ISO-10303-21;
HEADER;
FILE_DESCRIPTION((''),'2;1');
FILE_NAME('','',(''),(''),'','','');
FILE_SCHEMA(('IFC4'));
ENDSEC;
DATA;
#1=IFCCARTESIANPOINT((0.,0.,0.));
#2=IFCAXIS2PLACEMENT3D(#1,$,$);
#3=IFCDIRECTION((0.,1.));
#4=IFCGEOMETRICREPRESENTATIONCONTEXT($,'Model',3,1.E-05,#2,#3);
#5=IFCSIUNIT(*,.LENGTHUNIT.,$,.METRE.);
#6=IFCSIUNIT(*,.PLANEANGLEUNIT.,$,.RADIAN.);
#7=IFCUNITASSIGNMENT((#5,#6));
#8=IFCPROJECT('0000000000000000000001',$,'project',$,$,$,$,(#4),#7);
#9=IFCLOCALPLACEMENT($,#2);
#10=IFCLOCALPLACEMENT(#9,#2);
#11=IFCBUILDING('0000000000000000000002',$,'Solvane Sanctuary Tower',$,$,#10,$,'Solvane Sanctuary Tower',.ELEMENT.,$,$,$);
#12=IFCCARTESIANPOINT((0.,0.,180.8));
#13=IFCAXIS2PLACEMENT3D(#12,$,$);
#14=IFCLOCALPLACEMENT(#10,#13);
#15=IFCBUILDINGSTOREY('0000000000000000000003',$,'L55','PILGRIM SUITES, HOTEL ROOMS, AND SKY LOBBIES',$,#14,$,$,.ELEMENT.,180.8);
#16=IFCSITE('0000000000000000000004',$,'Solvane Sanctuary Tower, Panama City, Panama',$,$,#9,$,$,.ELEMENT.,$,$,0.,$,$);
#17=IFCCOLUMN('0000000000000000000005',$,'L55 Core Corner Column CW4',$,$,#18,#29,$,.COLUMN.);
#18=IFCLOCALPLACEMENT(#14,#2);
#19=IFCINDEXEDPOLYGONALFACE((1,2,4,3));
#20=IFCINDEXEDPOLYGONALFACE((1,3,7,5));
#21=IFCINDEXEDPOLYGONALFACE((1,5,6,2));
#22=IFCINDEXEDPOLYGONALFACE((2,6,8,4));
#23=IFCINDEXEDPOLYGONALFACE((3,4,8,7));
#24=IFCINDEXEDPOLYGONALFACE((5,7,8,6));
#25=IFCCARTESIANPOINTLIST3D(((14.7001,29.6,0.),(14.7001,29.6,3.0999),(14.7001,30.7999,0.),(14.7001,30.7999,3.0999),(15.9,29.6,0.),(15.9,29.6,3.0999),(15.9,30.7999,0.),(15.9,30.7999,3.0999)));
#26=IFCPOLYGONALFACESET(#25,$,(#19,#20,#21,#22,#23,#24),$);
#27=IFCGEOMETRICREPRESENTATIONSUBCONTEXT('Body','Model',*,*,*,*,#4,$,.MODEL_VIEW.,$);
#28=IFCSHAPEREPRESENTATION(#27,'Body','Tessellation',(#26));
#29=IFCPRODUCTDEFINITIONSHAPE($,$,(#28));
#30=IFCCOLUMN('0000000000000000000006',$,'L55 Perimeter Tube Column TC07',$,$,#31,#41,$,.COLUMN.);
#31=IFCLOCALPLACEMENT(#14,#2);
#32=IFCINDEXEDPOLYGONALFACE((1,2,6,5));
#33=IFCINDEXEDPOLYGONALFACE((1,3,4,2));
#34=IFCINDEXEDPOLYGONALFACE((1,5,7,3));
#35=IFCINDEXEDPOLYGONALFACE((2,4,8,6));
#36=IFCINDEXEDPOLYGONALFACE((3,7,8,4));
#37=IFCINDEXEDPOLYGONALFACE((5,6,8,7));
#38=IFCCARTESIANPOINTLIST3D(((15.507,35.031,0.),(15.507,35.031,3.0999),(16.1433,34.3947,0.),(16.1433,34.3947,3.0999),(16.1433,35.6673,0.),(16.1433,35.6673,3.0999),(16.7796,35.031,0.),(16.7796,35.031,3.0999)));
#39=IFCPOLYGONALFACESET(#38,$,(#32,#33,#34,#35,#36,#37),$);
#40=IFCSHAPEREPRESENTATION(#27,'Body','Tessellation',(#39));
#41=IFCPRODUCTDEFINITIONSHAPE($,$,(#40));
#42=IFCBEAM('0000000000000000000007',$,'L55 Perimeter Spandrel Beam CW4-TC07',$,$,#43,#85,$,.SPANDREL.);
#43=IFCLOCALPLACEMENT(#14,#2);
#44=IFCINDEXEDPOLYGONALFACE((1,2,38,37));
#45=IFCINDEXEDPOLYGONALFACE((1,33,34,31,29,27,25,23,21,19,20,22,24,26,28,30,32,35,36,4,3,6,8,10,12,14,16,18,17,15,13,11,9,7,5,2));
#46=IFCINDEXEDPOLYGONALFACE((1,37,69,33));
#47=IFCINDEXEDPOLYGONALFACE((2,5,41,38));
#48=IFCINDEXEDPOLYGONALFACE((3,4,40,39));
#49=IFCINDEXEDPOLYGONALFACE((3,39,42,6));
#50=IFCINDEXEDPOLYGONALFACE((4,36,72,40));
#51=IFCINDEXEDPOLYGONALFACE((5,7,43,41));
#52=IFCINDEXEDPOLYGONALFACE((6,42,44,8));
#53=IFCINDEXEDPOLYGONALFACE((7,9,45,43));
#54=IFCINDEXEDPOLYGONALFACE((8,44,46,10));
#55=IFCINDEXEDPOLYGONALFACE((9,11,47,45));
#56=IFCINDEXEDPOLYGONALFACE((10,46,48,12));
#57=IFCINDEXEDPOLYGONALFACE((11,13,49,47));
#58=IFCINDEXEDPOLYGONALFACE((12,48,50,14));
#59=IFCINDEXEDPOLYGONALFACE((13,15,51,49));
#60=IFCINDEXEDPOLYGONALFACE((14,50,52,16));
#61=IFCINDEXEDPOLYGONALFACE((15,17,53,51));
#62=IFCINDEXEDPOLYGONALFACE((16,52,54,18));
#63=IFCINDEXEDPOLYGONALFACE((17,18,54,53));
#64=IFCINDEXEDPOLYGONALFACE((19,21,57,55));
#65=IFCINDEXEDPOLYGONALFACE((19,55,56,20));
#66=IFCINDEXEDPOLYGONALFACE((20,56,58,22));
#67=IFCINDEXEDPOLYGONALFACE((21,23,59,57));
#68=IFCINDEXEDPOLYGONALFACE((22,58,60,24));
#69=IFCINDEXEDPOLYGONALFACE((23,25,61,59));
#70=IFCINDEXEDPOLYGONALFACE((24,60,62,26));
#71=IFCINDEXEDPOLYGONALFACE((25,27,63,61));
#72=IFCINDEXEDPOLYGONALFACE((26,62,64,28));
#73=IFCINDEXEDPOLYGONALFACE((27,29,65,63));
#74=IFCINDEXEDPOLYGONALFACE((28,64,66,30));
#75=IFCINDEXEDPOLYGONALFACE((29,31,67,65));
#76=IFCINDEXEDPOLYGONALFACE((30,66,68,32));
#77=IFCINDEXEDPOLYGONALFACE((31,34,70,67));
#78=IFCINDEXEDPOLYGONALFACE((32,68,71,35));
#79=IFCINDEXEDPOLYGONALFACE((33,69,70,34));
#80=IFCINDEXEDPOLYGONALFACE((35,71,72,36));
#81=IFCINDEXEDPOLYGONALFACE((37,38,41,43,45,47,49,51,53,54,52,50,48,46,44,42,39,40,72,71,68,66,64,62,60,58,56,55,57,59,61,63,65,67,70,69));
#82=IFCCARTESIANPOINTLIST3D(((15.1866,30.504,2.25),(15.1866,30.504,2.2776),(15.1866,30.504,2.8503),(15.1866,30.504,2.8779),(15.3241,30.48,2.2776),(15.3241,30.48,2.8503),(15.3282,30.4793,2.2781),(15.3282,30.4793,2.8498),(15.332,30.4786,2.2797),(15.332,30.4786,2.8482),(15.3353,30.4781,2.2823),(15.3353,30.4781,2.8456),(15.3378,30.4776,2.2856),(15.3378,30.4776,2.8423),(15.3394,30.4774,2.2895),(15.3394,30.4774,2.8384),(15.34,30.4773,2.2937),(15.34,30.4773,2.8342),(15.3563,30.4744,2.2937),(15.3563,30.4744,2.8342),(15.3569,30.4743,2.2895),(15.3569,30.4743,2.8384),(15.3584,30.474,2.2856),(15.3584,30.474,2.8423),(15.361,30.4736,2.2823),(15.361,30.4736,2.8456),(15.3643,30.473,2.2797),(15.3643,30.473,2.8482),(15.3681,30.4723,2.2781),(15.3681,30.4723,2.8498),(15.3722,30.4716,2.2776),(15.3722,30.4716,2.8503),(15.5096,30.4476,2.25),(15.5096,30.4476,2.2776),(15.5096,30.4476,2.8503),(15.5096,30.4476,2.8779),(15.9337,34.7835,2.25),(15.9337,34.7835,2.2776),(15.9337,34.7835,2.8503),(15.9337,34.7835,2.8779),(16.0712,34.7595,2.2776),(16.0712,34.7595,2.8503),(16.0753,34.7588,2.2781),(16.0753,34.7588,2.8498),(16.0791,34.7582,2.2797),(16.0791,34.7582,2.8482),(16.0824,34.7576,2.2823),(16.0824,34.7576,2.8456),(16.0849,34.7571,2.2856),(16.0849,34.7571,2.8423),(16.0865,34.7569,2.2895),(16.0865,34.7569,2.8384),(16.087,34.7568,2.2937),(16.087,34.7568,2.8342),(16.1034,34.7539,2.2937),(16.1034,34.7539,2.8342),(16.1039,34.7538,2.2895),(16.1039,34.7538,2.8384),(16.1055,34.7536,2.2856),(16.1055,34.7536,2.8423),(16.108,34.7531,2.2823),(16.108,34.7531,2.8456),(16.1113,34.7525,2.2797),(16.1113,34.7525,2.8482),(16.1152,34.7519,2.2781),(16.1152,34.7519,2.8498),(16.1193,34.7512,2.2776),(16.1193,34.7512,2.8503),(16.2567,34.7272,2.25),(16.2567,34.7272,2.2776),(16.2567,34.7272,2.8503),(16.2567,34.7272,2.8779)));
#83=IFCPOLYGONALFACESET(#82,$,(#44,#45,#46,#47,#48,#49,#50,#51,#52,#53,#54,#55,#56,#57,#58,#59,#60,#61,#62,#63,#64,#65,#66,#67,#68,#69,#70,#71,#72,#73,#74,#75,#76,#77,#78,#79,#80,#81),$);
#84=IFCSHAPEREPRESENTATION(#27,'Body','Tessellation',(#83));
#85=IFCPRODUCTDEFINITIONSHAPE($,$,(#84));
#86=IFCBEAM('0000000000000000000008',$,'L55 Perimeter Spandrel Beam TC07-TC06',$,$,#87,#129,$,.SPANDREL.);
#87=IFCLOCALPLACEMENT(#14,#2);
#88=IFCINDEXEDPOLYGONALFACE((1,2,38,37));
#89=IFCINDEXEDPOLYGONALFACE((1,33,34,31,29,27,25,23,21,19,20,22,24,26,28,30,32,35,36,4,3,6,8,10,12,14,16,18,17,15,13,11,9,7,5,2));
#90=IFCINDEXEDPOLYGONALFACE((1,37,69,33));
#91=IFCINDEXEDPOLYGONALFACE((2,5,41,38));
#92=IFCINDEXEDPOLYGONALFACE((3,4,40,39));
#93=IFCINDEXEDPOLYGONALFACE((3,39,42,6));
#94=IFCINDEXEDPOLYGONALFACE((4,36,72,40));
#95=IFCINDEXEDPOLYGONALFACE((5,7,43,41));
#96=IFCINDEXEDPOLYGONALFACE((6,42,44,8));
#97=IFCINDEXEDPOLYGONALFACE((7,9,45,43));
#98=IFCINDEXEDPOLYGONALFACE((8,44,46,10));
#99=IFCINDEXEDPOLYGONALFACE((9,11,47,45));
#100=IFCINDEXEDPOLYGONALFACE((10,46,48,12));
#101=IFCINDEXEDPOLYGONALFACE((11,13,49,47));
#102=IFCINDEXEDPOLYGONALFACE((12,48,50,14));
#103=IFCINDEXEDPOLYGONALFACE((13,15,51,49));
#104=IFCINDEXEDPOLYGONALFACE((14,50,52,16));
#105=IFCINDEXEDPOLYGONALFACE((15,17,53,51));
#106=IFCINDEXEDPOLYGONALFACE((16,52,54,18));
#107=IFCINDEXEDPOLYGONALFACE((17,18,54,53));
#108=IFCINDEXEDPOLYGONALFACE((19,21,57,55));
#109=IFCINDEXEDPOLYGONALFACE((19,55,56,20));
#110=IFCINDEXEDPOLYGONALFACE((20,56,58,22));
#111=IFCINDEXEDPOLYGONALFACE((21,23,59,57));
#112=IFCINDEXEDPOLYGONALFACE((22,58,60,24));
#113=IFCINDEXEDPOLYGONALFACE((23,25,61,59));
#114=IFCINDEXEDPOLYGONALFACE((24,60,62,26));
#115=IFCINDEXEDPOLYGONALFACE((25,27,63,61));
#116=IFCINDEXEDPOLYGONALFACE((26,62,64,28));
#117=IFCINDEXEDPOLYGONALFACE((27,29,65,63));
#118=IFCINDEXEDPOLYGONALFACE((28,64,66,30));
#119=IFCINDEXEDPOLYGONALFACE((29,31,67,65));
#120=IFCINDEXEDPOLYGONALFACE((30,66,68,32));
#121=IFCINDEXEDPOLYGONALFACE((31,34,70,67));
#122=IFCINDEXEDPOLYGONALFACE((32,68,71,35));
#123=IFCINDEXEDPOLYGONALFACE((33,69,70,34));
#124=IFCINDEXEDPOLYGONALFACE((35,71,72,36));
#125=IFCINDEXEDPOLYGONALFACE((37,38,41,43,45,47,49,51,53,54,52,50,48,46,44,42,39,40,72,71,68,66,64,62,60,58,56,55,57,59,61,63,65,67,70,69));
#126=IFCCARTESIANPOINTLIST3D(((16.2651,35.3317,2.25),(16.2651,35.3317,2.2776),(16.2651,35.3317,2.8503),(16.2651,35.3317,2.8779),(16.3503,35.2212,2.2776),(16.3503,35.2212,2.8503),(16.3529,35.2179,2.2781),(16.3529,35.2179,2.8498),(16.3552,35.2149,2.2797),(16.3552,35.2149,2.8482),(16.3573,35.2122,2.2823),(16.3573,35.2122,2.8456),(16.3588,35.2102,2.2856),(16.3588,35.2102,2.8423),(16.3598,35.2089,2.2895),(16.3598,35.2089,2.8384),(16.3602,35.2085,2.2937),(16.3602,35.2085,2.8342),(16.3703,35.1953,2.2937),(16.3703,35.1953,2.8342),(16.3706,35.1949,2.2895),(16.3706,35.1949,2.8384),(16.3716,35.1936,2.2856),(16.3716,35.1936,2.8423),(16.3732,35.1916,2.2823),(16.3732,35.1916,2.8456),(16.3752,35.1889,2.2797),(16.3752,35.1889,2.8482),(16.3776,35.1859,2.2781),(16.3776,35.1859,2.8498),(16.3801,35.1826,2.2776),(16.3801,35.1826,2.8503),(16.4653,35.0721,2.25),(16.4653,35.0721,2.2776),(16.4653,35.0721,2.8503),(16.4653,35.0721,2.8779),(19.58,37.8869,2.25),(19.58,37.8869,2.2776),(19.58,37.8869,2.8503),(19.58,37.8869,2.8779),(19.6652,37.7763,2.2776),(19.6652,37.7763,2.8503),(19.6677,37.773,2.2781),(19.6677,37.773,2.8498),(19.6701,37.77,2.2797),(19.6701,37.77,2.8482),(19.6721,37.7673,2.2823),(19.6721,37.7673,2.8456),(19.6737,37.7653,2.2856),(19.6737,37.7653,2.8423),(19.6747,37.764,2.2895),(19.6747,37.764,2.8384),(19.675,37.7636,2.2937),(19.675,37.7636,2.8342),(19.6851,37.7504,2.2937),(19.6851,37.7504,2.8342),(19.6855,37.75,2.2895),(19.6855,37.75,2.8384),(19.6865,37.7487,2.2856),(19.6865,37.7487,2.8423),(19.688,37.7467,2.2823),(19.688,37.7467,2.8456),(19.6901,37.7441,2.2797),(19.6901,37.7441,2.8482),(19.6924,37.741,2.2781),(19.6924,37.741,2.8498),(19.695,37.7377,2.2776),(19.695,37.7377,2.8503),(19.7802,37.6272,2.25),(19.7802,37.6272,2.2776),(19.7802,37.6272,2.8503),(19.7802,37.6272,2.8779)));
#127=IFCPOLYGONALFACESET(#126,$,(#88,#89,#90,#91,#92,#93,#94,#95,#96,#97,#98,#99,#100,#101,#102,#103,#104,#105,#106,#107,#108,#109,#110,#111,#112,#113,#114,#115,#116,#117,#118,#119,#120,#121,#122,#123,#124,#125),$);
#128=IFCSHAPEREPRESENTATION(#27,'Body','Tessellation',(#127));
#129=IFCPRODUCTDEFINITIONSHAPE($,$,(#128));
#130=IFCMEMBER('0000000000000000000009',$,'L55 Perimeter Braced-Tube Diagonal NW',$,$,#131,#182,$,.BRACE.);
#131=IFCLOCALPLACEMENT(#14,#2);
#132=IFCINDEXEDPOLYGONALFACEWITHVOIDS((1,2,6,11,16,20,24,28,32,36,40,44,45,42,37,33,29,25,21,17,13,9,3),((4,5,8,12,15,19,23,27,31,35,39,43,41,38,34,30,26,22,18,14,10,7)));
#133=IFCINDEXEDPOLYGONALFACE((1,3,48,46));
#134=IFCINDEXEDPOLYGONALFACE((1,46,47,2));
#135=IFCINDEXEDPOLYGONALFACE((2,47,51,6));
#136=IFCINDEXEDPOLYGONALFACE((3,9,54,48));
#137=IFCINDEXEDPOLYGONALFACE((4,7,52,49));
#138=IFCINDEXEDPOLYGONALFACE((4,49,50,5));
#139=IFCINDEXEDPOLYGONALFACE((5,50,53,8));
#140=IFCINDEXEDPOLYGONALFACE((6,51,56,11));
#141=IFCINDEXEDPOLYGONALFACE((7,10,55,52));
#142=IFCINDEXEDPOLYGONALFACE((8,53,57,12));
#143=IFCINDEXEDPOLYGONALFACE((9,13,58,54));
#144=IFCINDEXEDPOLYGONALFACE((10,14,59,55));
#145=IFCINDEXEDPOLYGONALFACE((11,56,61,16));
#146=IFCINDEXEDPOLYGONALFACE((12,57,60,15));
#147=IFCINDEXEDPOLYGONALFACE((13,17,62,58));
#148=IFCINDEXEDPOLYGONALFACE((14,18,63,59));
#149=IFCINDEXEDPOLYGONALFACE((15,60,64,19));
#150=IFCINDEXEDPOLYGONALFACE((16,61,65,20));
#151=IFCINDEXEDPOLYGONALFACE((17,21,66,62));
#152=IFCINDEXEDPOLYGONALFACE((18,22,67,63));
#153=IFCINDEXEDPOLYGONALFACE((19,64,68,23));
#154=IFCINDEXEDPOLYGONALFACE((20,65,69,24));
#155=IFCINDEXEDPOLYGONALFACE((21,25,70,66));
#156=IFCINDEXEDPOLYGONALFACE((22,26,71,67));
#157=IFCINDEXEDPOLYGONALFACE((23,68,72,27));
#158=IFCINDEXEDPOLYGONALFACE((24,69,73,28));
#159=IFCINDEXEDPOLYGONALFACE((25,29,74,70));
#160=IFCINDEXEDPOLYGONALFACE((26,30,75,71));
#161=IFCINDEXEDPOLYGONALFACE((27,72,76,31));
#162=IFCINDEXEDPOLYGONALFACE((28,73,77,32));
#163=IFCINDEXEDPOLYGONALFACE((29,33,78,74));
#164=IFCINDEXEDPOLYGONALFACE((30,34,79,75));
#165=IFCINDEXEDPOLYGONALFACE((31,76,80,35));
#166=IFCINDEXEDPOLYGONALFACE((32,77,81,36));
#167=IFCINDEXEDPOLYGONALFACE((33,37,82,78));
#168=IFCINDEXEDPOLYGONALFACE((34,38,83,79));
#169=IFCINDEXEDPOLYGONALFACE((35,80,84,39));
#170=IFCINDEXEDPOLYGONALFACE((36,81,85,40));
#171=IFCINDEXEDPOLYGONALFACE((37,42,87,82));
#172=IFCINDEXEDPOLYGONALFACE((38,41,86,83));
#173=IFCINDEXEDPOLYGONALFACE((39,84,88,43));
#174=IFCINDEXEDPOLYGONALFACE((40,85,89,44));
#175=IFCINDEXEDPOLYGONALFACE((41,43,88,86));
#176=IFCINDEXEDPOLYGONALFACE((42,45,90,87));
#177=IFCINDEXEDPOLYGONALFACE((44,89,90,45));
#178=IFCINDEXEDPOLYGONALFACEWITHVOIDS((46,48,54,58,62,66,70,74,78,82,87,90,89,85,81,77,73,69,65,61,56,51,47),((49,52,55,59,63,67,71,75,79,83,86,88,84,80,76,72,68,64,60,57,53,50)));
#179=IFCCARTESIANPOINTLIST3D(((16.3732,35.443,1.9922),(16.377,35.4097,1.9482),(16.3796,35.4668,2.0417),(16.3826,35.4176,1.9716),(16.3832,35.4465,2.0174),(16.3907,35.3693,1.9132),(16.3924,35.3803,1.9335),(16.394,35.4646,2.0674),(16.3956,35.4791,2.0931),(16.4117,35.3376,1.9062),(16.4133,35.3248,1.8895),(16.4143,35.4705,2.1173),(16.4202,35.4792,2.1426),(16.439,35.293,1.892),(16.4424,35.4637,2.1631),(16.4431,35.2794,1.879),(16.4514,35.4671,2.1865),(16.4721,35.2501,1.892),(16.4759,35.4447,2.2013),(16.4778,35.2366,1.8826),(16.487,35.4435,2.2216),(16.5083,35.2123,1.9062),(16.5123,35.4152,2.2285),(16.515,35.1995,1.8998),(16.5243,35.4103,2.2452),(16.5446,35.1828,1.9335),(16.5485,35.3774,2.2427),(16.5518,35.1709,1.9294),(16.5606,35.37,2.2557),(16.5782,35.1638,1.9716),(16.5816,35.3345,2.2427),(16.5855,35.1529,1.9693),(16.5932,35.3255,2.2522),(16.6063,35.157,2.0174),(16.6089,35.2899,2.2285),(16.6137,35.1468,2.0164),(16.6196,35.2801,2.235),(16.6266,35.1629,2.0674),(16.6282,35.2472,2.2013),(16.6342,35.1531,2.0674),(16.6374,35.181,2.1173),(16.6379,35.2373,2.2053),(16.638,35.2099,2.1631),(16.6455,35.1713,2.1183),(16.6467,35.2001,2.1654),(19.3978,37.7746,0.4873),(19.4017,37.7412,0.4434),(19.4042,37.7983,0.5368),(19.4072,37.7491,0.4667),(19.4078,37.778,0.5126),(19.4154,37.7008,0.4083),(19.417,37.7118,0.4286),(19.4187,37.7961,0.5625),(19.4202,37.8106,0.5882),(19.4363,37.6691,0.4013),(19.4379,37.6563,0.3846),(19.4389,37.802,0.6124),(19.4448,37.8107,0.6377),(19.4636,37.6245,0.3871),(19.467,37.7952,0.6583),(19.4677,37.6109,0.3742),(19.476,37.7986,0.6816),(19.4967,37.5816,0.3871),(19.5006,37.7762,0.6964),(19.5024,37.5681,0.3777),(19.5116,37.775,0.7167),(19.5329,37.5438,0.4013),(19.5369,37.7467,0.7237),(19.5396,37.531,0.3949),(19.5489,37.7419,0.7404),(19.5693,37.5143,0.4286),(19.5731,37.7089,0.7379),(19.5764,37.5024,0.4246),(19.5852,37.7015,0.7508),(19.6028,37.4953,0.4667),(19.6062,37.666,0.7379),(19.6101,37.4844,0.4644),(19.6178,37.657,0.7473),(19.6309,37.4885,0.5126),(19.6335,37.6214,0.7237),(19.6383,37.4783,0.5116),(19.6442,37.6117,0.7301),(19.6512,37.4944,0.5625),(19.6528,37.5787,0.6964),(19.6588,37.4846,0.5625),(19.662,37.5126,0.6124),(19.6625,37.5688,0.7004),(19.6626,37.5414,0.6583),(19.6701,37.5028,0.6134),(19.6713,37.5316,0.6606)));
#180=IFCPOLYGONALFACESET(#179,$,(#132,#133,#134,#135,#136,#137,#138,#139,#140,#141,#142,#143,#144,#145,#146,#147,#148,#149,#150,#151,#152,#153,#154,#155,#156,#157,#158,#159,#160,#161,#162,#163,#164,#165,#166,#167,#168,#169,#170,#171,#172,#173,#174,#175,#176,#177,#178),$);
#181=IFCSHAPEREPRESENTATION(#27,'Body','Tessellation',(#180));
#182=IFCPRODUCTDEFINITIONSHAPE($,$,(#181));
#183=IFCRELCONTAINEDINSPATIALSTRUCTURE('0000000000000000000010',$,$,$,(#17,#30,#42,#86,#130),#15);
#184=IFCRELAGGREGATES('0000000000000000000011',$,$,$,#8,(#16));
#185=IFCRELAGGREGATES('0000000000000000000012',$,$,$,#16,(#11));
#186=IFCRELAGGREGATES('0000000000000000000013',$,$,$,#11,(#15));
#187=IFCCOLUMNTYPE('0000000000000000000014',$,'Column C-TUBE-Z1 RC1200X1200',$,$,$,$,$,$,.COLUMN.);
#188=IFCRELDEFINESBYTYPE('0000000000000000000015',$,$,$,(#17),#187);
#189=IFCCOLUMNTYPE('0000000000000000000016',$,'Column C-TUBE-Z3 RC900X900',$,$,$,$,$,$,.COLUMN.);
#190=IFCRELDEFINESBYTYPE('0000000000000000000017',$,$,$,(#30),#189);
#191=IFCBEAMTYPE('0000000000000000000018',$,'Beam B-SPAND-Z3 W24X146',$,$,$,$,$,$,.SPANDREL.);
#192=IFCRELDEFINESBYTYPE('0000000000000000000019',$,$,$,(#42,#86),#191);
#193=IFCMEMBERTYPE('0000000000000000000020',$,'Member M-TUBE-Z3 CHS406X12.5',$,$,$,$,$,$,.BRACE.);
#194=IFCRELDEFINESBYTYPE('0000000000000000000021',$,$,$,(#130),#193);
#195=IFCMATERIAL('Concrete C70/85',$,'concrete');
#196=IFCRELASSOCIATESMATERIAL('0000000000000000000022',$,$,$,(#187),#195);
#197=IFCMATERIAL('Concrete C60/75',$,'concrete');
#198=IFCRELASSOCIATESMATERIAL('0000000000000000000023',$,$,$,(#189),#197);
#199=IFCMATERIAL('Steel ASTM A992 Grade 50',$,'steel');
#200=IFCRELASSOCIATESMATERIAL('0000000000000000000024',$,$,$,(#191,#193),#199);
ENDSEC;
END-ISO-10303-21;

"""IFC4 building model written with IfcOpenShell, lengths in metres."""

from ifc_helpers import new_model, si_unit, direction, frame, origin, origin_2d, place, context, subcontext, project, spatial, rectangle, hollow_circle, i_section, extrude, material, material_profile, profile_set, type_object, element, save


model = new_model("IFC4")

# Units and contexts
model_context = context("Model", 3, precision=1e-05, world=origin(), true_north=direction((0.0, 1.0)))
body_context = subcontext(model_context, "Body", "Model", "MODEL_VIEW")
ifc_project = project(units=[si_unit("LENGTHUNIT", "METRE"), si_unit("PLANEANGLEUNIT", "RADIAN")], contexts=[model_context])

# Site, building, storey
site_placement = place(None, origin())
site = spatial("IfcSite", under=ifc_project, at=site_placement, Name="Solvane Sanctuary Tower, Panama City, Panama", CompositionType="ELEMENT", RefElevation=0.0)
building_placement = place(site_placement, origin())
building = spatial("IfcBuilding", under=site, at=building_placement, Name="Solvane Sanctuary Tower", LongName="Solvane Sanctuary Tower", CompositionType="ELEMENT")
storey_placement = place(building_placement, frame((0.0, 0.0, 180.8)))
storey = spatial("IfcBuildingStorey", under=building, at=storey_placement, Name="L55", Description="PILGRIM SUITES, HOTEL ROOMS, AND SKY LOBBIES", CompositionType="ELEMENT", Elevation=180.8)

# Columns
ifc_material_1 = material(Name="Concrete C70/85", Category="concrete")
ifc_material_profile_1 = material_profile(ifc_material_1, rectangle(XDim=1.2, YDim=1.2, at=origin_2d()), Name="RC1200X1200")
ifc_profile_set_1 = profile_set([ifc_material_profile_1], Name="Concrete C70/85")
column_type_1 = type_object("IfcColumnType", Name="Column C-TUBE-Z1 RC1200X1200", PredefinedType="COLUMN", material=ifc_profile_set_1)
column_1_placement = place(storey_placement, frame((15.3, 30.2, 0.0), z_axis=(0.0, 0.0, 1.0), x_axis=(1.0, 0.0, 0.0)))
element("IfcColumn", 1, at=column_1_placement, inside=storey, type_object=column_type_1, Name="L55 Core Corner Column CW4", PredefinedType="COLUMN", context=body_context, shape_type="SweptSolid", body=[
    extrude(rectangle(XDim=1.2, YDim=1.2, at=origin_2d()), origin(), (0.0, 0.0, 1.0), 3.0999),
])
ifc_material_2 = material(Name="Concrete C60/75", Category="concrete")
ifc_material_profile_2 = material_profile(ifc_material_2, rectangle(XDim=0.8999, YDim=0.8999, at=origin_2d()), Name="RC900X900")
ifc_profile_set_2 = profile_set([ifc_material_profile_2], Name="Concrete C60/75")
column_type_2 = type_object("IfcColumnType", Name="Column C-TUBE-Z3 RC900X900", PredefinedType="COLUMN", material=ifc_profile_set_2)
column_2_placement = place(storey_placement, frame((16.1433, 35.031, 0.0), z_axis=(0.0, 0.0, 1.0), x_axis=(-0.707107, 0.707107, 0.0)))
element("IfcColumn", 2, at=column_2_placement, inside=storey, type_object=column_type_2, Name="L55 Perimeter Tube Column TC07", PredefinedType="COLUMN", context=body_context, shape_type="SweptSolid", body=[
    extrude(rectangle(XDim=0.8999, YDim=0.8999, at=origin_2d()), origin(), (0.0, 0.0, 1.0), 3.0999),
])

# Beams
ifc_material_3 = material(Name="Steel ASTM A992 Grade 50", Category="steel")
ifc_material_profile_3 = material_profile(ifc_material_3, i_section(OverallWidth=0.3279, OverallDepth=0.6279, WebThickness=0.0166, FlangeThickness=0.0276, FilletRadius=0.0161, at=origin_2d()), Name="W24X146")
ifc_profile_set_3 = profile_set([ifc_material_profile_3], Name="Steel ASTM A992 Grade 50")
beam_type = type_object("IfcBeamType", Name="Beam B-SPAND-Z3 W24X146", PredefinedType="SPANDREL", material=ifc_profile_set_3)
beam_1_placement = place(storey_placement, frame((15.3481, 30.4758, 2.564), z_axis=(0.171967, 0.985103, 0.0), x_axis=(-0.985103, 0.171967, 0.0)))
element("IfcBeam", 3, at=beam_1_placement, inside=storey, type_object=beam_type, Name="L55 Perimeter Spandrel Beam CW4-TC07", PredefinedType="SPANDREL", context=body_context, shape_type="SweptSolid", body=[
    extrude(i_section(OverallWidth=0.3279, OverallDepth=0.6279, WebThickness=0.0166, FlangeThickness=0.0276, FilletRadius=0.0161, at=origin_2d()), origin(), (0.0, 0.0, 1.0), 4.3442),
])
beam_2_placement = place(storey_placement, frame((16.3652, 35.2019, 2.564), z_axis=(0.792021, 0.610494, 0.0), x_axis=(-0.610494, 0.792021, 0.0)))
element("IfcBeam", 4, at=beam_2_placement, inside=storey, type_object=beam_type, Name="L55 Perimeter Spandrel Beam TC07-TC06", PredefinedType="SPANDREL", context=body_context, shape_type="SweptSolid", body=[
    extrude(i_section(OverallWidth=0.3279, OverallDepth=0.6279, WebThickness=0.0166, FlangeThickness=0.0276, FilletRadius=0.0161, at=origin_2d()), origin(), (0.0, 0.0, 1.0), 4.1853),
])

# Member
ifc_material_profile_4 = material_profile(ifc_material_3, hollow_circle(Radius=0.2029, WallThickness=0.0125, at=origin_2d()), Name="CHS406X12.5")
ifc_profile_set_4 = profile_set([ifc_material_profile_4], Name="Steel ASTM A992 Grade 50")
member_type = type_object("IfcMemberType", Name="Member M-TUBE-Z3 CHS406X12.5", PredefinedType="BRACE", material=ifc_profile_set_4)
member_placement = place(storey_placement, frame((19.5349, 37.6453, 0.5625), z_axis=(-0.73686, -0.568005, 0.366616), x_axis=(0.610514, -0.792006, 0.0)))
element("IfcMember", 5, at=member_placement, inside=storey, type_object=member_type, Name="L55 Perimeter Braced-Tube Diagonal NW", PredefinedType="BRACE", context=body_context, shape_type="SweptSolid", body=[
    extrude(hollow_circle(Radius=0.2029, WallThickness=0.0125, at=origin_2d()), origin(), (0.0, 0.0, 1.0), 4.1047),
])

save(model, "model.ifc")
